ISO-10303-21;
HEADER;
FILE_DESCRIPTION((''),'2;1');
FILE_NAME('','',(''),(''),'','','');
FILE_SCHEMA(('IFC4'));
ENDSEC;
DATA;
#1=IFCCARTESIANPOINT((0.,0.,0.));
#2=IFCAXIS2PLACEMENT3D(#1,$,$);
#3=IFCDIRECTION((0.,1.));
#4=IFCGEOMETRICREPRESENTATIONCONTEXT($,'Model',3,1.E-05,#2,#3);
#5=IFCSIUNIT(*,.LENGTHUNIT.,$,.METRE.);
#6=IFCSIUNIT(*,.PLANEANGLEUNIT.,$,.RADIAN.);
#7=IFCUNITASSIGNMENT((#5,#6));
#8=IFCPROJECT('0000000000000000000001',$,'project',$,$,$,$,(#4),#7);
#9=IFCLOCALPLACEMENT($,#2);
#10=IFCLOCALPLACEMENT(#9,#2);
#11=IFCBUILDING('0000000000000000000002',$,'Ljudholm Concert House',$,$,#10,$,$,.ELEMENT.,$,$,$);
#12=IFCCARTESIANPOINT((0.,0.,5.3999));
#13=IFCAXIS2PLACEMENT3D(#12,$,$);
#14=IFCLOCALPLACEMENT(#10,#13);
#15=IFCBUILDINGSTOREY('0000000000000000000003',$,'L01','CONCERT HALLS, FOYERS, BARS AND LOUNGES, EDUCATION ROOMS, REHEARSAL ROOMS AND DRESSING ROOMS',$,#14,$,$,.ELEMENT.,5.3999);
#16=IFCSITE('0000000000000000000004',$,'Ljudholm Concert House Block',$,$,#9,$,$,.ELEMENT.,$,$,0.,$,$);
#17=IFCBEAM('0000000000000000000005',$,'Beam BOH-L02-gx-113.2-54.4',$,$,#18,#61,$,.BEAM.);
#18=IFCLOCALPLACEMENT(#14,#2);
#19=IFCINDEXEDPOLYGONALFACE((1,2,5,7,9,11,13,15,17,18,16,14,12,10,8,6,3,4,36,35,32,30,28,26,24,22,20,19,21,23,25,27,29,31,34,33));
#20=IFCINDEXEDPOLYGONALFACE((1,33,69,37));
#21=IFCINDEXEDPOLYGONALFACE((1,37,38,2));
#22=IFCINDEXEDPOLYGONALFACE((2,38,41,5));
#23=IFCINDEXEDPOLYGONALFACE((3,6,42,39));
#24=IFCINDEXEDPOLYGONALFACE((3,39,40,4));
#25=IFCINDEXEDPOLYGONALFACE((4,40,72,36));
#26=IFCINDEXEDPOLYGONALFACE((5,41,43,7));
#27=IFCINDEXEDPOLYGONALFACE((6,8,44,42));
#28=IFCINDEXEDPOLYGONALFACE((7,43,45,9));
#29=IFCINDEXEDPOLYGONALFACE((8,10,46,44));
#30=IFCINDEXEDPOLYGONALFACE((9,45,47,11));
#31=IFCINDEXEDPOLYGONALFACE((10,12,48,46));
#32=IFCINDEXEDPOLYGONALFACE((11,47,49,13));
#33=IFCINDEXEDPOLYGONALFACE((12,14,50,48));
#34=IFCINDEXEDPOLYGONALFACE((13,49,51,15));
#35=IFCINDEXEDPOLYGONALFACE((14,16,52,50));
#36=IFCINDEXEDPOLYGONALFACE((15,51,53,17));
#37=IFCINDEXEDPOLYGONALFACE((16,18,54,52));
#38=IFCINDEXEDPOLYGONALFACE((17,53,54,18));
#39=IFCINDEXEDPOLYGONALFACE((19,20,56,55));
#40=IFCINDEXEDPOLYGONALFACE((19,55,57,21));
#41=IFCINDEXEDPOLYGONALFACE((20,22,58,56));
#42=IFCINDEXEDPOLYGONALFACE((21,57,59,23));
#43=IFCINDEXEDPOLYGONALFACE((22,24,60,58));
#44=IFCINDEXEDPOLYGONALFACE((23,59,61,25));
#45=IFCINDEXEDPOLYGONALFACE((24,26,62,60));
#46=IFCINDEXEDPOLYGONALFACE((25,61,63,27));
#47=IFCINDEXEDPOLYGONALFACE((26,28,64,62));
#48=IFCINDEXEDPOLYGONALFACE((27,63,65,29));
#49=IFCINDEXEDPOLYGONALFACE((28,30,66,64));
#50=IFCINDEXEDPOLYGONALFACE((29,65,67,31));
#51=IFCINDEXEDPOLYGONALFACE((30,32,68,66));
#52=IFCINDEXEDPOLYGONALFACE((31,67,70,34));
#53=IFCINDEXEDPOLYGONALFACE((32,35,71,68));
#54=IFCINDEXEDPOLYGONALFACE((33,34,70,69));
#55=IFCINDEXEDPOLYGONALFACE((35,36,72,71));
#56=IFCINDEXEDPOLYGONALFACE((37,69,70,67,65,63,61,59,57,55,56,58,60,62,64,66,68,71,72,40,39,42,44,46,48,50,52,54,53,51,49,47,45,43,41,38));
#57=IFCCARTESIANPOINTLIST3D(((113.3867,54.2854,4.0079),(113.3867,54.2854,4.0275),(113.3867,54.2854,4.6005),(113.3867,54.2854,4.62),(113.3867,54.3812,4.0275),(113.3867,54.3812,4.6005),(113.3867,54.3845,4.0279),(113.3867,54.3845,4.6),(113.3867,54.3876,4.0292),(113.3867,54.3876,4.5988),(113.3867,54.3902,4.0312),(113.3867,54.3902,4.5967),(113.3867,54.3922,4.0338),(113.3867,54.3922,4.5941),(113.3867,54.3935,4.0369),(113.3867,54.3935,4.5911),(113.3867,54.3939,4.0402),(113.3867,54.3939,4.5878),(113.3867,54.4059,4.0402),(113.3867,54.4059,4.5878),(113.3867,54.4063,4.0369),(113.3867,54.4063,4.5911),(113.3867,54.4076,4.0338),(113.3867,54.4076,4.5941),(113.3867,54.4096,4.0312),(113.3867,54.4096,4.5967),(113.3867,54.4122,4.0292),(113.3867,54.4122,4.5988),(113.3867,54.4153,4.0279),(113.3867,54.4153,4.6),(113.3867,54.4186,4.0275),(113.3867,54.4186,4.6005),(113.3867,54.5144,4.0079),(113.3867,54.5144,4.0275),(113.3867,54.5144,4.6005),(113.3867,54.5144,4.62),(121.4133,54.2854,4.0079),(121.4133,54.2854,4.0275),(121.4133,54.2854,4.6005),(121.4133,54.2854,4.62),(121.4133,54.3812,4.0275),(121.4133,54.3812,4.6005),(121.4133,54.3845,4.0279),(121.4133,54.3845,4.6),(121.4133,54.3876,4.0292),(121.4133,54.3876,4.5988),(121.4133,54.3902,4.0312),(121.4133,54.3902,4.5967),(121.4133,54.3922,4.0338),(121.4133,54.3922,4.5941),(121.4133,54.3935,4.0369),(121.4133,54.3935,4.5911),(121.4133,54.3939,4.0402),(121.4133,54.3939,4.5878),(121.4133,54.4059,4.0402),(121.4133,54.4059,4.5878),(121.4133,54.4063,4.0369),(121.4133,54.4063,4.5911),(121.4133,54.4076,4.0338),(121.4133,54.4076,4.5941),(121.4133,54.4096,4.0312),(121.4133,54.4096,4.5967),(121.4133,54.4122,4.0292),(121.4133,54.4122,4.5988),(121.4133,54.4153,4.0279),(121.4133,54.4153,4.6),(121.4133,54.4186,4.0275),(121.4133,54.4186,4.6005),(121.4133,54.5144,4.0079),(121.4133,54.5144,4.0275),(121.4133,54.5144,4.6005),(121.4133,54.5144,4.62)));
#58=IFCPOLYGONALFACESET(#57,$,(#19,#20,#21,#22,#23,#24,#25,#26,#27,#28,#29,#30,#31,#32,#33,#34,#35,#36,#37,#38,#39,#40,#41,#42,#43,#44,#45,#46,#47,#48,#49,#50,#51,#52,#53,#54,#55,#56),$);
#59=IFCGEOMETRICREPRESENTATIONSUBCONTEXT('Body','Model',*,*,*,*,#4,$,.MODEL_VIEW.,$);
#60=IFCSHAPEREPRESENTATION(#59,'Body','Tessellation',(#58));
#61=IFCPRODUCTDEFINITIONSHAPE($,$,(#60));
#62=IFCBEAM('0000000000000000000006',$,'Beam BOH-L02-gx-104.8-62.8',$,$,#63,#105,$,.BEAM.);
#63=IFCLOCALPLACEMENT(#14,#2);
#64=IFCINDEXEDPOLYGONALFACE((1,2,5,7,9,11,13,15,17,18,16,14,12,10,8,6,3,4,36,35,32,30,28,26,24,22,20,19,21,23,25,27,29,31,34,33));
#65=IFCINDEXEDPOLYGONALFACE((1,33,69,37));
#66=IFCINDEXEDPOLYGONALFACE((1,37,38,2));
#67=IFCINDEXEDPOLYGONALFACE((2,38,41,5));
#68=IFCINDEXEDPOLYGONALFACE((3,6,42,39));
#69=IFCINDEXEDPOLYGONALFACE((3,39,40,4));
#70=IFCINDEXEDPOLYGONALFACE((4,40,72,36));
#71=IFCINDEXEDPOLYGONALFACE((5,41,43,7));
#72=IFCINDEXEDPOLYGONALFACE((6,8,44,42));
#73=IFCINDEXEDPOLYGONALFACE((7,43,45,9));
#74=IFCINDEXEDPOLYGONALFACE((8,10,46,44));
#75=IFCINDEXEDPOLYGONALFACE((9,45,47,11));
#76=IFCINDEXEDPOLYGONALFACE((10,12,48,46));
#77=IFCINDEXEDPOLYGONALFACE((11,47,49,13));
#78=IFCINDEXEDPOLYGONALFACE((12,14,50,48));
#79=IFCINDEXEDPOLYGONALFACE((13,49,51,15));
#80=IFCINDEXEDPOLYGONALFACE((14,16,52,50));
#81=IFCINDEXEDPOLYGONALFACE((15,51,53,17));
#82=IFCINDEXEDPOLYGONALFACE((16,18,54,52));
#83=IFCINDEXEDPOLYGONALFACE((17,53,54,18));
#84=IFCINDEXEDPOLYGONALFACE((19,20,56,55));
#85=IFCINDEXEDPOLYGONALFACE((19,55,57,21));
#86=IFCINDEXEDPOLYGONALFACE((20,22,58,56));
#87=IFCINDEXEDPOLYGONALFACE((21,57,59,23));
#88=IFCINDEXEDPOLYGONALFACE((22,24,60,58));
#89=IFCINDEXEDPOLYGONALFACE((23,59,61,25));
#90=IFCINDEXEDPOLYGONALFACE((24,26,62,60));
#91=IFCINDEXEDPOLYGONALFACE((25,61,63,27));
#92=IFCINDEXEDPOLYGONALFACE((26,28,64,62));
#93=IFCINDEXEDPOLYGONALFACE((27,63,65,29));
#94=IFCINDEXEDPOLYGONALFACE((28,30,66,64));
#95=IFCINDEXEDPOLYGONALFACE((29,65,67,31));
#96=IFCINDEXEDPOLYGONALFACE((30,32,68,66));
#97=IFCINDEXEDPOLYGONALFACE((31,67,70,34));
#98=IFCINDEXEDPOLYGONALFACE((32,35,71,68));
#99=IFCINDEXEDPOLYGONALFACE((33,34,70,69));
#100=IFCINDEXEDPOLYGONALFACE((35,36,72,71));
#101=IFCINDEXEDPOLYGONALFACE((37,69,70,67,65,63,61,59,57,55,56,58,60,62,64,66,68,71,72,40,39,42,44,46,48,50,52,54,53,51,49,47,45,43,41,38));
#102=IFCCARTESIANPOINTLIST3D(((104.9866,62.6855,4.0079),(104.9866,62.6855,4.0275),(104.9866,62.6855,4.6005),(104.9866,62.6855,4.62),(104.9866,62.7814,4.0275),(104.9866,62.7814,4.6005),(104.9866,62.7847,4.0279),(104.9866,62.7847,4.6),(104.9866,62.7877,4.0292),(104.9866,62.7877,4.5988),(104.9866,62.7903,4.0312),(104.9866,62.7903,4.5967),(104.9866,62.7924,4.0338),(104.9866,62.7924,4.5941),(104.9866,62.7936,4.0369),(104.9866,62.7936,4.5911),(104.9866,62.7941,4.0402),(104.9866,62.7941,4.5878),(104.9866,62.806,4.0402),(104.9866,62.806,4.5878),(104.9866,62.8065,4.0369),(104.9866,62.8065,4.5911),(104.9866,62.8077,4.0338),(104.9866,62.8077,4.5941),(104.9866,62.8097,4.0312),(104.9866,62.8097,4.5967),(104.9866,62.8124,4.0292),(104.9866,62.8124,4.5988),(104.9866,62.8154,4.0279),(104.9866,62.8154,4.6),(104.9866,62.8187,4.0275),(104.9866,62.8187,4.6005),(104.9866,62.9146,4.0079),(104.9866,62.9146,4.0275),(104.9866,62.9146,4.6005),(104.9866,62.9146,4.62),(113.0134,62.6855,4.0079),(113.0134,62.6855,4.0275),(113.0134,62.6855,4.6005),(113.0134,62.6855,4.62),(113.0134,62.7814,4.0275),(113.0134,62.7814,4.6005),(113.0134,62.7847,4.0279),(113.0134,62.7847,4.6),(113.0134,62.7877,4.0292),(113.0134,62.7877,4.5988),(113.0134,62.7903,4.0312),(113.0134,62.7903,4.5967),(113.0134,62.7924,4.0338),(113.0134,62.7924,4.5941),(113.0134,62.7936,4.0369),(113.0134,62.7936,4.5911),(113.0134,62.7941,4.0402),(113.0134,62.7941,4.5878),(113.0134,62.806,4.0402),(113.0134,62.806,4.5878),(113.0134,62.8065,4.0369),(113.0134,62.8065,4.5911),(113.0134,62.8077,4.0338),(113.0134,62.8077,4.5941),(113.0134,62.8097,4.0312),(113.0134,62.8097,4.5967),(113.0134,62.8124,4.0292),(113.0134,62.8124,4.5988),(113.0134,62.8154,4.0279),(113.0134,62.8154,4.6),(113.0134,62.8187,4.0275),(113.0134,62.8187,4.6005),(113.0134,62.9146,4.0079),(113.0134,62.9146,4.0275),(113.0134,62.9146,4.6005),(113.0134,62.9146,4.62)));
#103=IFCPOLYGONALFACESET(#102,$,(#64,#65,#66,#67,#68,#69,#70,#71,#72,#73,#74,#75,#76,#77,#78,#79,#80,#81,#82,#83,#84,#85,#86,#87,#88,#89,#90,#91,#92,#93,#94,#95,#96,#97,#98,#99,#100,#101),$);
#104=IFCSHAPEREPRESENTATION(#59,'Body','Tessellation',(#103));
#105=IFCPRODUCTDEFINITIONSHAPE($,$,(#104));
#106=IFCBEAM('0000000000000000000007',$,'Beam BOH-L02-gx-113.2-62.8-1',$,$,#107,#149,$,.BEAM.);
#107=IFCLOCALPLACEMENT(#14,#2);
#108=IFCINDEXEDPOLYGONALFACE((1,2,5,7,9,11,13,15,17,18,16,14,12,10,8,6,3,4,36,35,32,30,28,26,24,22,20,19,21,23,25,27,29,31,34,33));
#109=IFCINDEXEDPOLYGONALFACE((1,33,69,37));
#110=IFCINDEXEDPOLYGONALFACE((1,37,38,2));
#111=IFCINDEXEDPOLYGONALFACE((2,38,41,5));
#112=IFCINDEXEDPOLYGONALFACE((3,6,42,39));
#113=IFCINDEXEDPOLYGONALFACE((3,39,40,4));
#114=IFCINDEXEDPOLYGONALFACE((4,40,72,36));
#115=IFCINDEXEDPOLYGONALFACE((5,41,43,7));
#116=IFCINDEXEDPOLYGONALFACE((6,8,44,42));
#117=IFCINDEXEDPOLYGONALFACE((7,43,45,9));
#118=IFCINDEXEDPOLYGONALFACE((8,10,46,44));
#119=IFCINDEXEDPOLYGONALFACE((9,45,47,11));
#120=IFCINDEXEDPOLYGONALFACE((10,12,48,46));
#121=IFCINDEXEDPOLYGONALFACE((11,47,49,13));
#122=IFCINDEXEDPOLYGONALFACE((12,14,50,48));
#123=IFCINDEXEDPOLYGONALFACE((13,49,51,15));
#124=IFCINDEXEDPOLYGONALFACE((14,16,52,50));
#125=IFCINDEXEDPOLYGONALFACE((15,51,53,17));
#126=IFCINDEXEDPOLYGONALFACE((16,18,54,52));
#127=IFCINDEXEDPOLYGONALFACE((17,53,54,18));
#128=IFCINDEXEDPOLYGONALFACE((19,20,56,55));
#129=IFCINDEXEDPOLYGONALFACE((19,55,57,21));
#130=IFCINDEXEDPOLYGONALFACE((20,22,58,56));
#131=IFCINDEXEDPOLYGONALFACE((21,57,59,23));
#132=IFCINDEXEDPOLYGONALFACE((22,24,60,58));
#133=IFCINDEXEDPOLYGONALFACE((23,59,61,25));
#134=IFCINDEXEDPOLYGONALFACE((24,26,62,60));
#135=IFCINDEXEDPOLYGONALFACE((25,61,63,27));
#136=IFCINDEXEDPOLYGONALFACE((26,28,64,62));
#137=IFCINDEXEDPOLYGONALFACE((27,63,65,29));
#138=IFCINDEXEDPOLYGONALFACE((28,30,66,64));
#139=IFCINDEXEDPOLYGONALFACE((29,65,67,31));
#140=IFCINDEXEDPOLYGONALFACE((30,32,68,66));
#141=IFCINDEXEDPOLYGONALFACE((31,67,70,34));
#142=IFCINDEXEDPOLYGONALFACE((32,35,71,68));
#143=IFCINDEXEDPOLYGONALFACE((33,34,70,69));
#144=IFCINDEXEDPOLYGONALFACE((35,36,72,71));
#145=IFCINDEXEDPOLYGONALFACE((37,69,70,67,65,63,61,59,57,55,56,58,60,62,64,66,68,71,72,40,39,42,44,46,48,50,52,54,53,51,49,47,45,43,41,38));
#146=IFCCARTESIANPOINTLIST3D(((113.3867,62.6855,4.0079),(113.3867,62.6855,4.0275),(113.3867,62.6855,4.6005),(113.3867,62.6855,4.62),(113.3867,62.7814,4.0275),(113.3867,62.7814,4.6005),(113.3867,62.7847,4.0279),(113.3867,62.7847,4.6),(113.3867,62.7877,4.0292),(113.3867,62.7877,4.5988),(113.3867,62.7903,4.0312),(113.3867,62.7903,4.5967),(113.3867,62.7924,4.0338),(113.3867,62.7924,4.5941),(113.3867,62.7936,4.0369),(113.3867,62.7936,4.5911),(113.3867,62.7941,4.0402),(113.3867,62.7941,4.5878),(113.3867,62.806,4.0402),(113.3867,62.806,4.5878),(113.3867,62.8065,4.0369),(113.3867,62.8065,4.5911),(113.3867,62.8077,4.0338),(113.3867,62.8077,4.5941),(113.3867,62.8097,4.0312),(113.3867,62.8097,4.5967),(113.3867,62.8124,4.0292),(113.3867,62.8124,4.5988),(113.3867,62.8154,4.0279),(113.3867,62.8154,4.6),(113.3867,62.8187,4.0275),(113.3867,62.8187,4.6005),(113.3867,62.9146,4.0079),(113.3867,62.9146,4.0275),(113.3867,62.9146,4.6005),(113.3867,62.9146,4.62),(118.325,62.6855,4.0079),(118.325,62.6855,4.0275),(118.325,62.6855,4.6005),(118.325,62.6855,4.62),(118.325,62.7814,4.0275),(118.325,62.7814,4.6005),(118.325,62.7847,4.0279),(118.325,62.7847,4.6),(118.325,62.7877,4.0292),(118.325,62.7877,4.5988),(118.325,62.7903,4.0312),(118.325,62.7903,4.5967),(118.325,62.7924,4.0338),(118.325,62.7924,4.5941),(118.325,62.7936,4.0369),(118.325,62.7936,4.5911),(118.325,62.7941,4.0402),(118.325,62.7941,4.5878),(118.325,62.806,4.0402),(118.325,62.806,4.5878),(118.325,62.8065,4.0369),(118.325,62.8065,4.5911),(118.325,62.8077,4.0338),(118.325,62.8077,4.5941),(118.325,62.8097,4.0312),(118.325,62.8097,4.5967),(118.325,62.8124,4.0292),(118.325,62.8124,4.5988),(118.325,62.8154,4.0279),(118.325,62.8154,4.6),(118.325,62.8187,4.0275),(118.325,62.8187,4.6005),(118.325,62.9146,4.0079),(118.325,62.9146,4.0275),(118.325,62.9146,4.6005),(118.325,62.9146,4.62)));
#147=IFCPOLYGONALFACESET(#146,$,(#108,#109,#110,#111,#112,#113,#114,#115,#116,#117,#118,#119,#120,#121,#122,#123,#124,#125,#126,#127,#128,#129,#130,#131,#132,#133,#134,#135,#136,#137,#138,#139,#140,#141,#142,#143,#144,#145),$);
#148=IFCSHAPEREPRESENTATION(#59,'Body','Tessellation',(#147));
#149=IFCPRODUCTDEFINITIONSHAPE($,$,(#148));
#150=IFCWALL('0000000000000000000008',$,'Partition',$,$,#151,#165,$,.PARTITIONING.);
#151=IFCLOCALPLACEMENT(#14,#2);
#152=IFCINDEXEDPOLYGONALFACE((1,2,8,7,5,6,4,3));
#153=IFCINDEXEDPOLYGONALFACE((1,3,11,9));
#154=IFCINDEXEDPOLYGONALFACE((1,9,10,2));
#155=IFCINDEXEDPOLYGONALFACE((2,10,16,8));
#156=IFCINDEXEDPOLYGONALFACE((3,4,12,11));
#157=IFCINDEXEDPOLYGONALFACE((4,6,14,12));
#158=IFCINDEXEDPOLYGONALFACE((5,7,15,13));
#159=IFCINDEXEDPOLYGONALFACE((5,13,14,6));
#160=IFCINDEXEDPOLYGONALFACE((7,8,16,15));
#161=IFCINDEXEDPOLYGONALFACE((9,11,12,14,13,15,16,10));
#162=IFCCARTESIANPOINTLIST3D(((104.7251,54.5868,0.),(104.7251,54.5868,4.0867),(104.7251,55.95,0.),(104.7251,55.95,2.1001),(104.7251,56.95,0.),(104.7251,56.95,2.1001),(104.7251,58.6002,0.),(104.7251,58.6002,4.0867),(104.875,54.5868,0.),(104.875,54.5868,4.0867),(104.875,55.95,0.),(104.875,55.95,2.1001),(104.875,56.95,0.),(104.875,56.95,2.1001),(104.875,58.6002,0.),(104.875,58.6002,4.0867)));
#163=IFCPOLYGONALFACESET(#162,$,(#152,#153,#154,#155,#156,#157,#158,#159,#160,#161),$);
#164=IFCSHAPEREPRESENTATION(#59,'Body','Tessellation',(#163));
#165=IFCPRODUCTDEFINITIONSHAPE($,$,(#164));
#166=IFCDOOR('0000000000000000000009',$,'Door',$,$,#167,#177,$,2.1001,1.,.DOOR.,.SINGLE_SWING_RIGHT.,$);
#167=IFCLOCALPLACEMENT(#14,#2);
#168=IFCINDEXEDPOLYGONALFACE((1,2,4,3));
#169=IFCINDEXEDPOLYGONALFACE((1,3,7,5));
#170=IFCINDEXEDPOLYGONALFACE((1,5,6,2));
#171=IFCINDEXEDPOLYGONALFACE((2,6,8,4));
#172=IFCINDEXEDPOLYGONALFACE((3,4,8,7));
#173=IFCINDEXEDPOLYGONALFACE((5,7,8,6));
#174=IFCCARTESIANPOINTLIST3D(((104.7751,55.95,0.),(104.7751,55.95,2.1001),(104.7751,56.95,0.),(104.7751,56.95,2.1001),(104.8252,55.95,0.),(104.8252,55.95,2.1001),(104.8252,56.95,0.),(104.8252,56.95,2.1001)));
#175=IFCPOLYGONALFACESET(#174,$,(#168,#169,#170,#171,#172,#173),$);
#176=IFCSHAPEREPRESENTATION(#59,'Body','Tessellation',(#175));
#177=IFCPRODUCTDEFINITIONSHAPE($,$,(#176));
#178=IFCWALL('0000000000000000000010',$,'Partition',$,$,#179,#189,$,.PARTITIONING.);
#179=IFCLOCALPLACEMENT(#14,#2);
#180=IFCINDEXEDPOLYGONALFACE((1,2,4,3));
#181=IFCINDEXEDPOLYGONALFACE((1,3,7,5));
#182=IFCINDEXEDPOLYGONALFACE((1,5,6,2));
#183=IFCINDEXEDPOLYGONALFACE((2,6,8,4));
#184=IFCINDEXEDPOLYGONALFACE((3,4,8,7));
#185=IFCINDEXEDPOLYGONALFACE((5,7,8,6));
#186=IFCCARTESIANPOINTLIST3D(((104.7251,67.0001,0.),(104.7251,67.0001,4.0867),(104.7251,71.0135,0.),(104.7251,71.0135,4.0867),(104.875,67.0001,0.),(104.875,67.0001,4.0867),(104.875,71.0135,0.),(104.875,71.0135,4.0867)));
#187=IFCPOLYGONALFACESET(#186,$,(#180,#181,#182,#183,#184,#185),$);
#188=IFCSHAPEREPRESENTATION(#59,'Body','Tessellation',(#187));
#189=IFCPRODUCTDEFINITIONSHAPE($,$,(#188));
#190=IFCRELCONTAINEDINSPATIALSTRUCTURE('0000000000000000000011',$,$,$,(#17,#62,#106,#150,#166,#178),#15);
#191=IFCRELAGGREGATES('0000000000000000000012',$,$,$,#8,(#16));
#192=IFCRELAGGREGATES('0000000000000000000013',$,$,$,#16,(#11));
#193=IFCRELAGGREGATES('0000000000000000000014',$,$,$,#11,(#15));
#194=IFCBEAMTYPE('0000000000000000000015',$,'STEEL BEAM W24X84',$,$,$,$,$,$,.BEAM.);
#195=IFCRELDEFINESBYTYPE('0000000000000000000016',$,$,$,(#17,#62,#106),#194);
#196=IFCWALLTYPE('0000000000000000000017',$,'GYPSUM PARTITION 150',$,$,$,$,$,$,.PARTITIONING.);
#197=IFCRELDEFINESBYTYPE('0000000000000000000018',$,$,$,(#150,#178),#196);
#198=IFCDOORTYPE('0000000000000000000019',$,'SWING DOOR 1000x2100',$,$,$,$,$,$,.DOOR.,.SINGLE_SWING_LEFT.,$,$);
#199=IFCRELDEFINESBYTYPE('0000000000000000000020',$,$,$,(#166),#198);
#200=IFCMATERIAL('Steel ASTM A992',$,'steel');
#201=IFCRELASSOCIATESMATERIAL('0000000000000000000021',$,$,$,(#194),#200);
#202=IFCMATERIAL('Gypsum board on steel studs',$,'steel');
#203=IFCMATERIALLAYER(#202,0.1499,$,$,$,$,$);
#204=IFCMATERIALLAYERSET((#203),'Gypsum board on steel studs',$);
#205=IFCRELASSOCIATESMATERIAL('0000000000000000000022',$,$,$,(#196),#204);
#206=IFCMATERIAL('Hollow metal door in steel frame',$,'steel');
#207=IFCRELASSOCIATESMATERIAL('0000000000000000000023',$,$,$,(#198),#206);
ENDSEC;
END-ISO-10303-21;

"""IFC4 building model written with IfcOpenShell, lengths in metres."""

from ifc_helpers import new_model, si_unit, direction, frame, frame_2d, origin, origin_2d, place, context, subcontext, project, spatial, rectangle, i_section, extrude, material, layer, layer_set, material_profile, profile_set, type_object, element, fill, save


model = new_model("IFC4")

# Units and contexts
model_context = context("Model", 3, precision=1e-05, world=origin(), true_north=direction((0.0, 1.0)))
body_context = subcontext(model_context, "Body", "Model", "MODEL_VIEW")
ifc_project = project(units=[si_unit("LENGTHUNIT", "METRE"), si_unit("PLANEANGLEUNIT", "RADIAN")], contexts=[model_context])

# Site, building, storey
site_placement = place(None, origin())
site = spatial("IfcSite", under=ifc_project, at=site_placement, Name="Ljudholm Concert House Block", CompositionType="ELEMENT", RefElevation=0.0)
building_placement = place(site_placement, origin())
building = spatial("IfcBuilding", under=site, at=building_placement, Name="Ljudholm Concert House", CompositionType="ELEMENT")
storey_placement = place(building_placement, frame((0.0, 0.0, 5.3999)))
storey = spatial("IfcBuildingStorey", under=building, at=storey_placement, Name="L01", Description="CONCERT HALLS, FOYERS, BARS AND LOUNGES, EDUCATION ROOMS, REHEARSAL ROOMS AND DRESSING ROOMS", CompositionType="ELEMENT", Elevation=5.3999)

# Beams
ifc_material_1 = material(Name="Steel ASTM A992", Category="steel")
ifc_material_profile_1 = material_profile(ifc_material_1, i_section(OverallWidth=0.229, OverallDepth=0.6121, WebThickness=0.012, FlangeThickness=0.0195, FilletRadius=0.0127, at=origin_2d()), Name="W24X84")
ifc_profile_set_1 = profile_set([ifc_material_profile_1], Name="Steel ASTM A992")
beam_type_1 = type_object("IfcBeamType", Name="STEEL BEAM W24X84", PredefinedType="BEAM", material=ifc_profile_set_1)
beam_1_placement = place(storey_placement, frame((113.3867, 54.3999, 4.314), z_axis=(1.0, 0.0, 0.0), x_axis=(0.0, 1.0, 0.0)))
element("IfcBeam", 1, at=beam_1_placement, inside=storey, type_object=beam_type_1, Name="Beam BOH-L02-gx-113.2-54.4", PredefinedType="BEAM", context=body_context, shape_type="SweptSolid", body=[
    extrude(i_section(OverallWidth=0.229, OverallDepth=0.6121, WebThickness=0.012, FlangeThickness=0.0195, FilletRadius=0.0127, at=origin_2d()), origin(), (0.0, 0.0, 1.0), 8.0266),
])
beam_2_placement = place(storey_placement, frame((104.9866, 62.8, 4.314), z_axis=(1.0, 0.0, 0.0), x_axis=(0.0, 1.0, 0.0)))
element("IfcBeam", 2, at=beam_2_placement, inside=storey, type_object=beam_type_1, Name="Beam BOH-L02-gx-104.8-62.8", PredefinedType="BEAM", context=body_context, shape_type="SweptSolid", body=[
    extrude(i_section(OverallWidth=0.229, OverallDepth=0.6121, WebThickness=0.012, FlangeThickness=0.0195, FilletRadius=0.0127, at=origin_2d()), origin(), (0.0, 0.0, 1.0), 8.0269),
])
beam_3_placement = place(storey_placement, frame((113.3867, 62.8, 4.314), z_axis=(1.0, 0.0, 0.0), x_axis=(0.0, 1.0, 0.0)))
element("IfcBeam", 3, at=beam_3_placement, inside=storey, type_object=beam_type_1, Name="Beam BOH-L02-gx-113.2-62.8-1", PredefinedType="BEAM", context=body_context, shape_type="SweptSolid", body=[
    extrude(i_section(OverallWidth=0.229, OverallDepth=0.6121, WebThickness=0.012, FlangeThickness=0.0195, FilletRadius=0.0127, at=origin_2d()), origin(), (0.0, 0.0, 1.0), 4.9382),
])

# Wall, opening, door
ifc_material_2 = material(Name="Gypsum board on steel studs", Category="steel")
ifc_layer = layer(ifc_material_2, 0.1499)
ifc_layer_set = layer_set([ifc_layer], Name="Gypsum board on steel studs")
wall_type = type_object("IfcWallType", Name="GYPSUM PARTITION 150", PredefinedType="PARTITIONING", material=ifc_layer_set)
wall_1_placement = place(storey_placement, frame((104.8, 54.5867, 0.0), z_axis=(0.0, 0.0, 1.0), x_axis=(0.0, 1.0, 0.0)))
wall_1 = element("IfcWall", 4, at=wall_1_placement, inside=storey, type_object=wall_type, Name="Partition", PredefinedType="PARTITIONING", context=body_context, shape_type="SweptSolid", body=[
    extrude(rectangle(XDim=4.0134, YDim=0.1499, at=frame_2d((2.0068, 0.0))), origin(), (0.0, 0.0, 1.0), 4.0867),
])
opening_1_placement = place(wall_1_placement, frame((1.3633, 0.0, 0.0)))
opening_1 = element("IfcOpeningElement", 5, at=opening_1_placement, cuts=wall_1, PredefinedType="OPENING", context=body_context, shape_type="SweptSolid", body=[
    extrude(rectangle(XDim=1.0, YDim=2.1001, at=frame_2d((0.5, 1.05))), frame((0.0, 0.085, 0.0), z_axis=(0.0, -1.0, 0.0), x_axis=(1.0, 0.0, 0.0)), (0.0, 0.0, 1.0), 0.1699),
])
ifc_material_3 = material(Name="Hollow metal door in steel frame", Category="steel")
door_type = type_object("IfcDoorType", Name="SWING DOOR 1000x2100", OperationType="SINGLE_SWING_LEFT", PredefinedType="DOOR", material=ifc_material_3)
door_1_placement = place(opening_1_placement, origin())
door_1 = element("IfcDoor", 6, at=door_1_placement, inside=storey, type_object=door_type, Name="Door", OperationType="SINGLE_SWING_RIGHT", OverallHeight=2.1001, OverallWidth=1.0, PredefinedType="DOOR", context=body_context, shape_type="SweptSolid", body=[
    extrude(rectangle(XDim=1.0, YDim=2.1001, at=frame_2d((0.5, 1.05))), frame((0.0, 0.0249, 0.0), z_axis=(0.0, -1.0, 0.0), x_axis=(1.0, 0.0, 0.0)), (0.0, 0.0, 1.0), 0.05),
])
fill(opening_1, door_1)

# Wall
wall_2_placement = place(storey_placement, frame((104.8, 67.0, 0.0), z_axis=(0.0, 0.0, 1.0), x_axis=(0.0, 1.0, 0.0)))
element("IfcWall", 7, at=wall_2_placement, inside=storey, type_object=wall_type, Name="Partition", PredefinedType="PARTITIONING", context=body_context, shape_type="SweptSolid", body=[
    extrude(rectangle(XDim=4.0134, YDim=0.1499, at=frame_2d((2.0068, 0.0))), origin(), (0.0, 0.0, 1.0), 4.0867),
])

save(model, "model.ifc")
